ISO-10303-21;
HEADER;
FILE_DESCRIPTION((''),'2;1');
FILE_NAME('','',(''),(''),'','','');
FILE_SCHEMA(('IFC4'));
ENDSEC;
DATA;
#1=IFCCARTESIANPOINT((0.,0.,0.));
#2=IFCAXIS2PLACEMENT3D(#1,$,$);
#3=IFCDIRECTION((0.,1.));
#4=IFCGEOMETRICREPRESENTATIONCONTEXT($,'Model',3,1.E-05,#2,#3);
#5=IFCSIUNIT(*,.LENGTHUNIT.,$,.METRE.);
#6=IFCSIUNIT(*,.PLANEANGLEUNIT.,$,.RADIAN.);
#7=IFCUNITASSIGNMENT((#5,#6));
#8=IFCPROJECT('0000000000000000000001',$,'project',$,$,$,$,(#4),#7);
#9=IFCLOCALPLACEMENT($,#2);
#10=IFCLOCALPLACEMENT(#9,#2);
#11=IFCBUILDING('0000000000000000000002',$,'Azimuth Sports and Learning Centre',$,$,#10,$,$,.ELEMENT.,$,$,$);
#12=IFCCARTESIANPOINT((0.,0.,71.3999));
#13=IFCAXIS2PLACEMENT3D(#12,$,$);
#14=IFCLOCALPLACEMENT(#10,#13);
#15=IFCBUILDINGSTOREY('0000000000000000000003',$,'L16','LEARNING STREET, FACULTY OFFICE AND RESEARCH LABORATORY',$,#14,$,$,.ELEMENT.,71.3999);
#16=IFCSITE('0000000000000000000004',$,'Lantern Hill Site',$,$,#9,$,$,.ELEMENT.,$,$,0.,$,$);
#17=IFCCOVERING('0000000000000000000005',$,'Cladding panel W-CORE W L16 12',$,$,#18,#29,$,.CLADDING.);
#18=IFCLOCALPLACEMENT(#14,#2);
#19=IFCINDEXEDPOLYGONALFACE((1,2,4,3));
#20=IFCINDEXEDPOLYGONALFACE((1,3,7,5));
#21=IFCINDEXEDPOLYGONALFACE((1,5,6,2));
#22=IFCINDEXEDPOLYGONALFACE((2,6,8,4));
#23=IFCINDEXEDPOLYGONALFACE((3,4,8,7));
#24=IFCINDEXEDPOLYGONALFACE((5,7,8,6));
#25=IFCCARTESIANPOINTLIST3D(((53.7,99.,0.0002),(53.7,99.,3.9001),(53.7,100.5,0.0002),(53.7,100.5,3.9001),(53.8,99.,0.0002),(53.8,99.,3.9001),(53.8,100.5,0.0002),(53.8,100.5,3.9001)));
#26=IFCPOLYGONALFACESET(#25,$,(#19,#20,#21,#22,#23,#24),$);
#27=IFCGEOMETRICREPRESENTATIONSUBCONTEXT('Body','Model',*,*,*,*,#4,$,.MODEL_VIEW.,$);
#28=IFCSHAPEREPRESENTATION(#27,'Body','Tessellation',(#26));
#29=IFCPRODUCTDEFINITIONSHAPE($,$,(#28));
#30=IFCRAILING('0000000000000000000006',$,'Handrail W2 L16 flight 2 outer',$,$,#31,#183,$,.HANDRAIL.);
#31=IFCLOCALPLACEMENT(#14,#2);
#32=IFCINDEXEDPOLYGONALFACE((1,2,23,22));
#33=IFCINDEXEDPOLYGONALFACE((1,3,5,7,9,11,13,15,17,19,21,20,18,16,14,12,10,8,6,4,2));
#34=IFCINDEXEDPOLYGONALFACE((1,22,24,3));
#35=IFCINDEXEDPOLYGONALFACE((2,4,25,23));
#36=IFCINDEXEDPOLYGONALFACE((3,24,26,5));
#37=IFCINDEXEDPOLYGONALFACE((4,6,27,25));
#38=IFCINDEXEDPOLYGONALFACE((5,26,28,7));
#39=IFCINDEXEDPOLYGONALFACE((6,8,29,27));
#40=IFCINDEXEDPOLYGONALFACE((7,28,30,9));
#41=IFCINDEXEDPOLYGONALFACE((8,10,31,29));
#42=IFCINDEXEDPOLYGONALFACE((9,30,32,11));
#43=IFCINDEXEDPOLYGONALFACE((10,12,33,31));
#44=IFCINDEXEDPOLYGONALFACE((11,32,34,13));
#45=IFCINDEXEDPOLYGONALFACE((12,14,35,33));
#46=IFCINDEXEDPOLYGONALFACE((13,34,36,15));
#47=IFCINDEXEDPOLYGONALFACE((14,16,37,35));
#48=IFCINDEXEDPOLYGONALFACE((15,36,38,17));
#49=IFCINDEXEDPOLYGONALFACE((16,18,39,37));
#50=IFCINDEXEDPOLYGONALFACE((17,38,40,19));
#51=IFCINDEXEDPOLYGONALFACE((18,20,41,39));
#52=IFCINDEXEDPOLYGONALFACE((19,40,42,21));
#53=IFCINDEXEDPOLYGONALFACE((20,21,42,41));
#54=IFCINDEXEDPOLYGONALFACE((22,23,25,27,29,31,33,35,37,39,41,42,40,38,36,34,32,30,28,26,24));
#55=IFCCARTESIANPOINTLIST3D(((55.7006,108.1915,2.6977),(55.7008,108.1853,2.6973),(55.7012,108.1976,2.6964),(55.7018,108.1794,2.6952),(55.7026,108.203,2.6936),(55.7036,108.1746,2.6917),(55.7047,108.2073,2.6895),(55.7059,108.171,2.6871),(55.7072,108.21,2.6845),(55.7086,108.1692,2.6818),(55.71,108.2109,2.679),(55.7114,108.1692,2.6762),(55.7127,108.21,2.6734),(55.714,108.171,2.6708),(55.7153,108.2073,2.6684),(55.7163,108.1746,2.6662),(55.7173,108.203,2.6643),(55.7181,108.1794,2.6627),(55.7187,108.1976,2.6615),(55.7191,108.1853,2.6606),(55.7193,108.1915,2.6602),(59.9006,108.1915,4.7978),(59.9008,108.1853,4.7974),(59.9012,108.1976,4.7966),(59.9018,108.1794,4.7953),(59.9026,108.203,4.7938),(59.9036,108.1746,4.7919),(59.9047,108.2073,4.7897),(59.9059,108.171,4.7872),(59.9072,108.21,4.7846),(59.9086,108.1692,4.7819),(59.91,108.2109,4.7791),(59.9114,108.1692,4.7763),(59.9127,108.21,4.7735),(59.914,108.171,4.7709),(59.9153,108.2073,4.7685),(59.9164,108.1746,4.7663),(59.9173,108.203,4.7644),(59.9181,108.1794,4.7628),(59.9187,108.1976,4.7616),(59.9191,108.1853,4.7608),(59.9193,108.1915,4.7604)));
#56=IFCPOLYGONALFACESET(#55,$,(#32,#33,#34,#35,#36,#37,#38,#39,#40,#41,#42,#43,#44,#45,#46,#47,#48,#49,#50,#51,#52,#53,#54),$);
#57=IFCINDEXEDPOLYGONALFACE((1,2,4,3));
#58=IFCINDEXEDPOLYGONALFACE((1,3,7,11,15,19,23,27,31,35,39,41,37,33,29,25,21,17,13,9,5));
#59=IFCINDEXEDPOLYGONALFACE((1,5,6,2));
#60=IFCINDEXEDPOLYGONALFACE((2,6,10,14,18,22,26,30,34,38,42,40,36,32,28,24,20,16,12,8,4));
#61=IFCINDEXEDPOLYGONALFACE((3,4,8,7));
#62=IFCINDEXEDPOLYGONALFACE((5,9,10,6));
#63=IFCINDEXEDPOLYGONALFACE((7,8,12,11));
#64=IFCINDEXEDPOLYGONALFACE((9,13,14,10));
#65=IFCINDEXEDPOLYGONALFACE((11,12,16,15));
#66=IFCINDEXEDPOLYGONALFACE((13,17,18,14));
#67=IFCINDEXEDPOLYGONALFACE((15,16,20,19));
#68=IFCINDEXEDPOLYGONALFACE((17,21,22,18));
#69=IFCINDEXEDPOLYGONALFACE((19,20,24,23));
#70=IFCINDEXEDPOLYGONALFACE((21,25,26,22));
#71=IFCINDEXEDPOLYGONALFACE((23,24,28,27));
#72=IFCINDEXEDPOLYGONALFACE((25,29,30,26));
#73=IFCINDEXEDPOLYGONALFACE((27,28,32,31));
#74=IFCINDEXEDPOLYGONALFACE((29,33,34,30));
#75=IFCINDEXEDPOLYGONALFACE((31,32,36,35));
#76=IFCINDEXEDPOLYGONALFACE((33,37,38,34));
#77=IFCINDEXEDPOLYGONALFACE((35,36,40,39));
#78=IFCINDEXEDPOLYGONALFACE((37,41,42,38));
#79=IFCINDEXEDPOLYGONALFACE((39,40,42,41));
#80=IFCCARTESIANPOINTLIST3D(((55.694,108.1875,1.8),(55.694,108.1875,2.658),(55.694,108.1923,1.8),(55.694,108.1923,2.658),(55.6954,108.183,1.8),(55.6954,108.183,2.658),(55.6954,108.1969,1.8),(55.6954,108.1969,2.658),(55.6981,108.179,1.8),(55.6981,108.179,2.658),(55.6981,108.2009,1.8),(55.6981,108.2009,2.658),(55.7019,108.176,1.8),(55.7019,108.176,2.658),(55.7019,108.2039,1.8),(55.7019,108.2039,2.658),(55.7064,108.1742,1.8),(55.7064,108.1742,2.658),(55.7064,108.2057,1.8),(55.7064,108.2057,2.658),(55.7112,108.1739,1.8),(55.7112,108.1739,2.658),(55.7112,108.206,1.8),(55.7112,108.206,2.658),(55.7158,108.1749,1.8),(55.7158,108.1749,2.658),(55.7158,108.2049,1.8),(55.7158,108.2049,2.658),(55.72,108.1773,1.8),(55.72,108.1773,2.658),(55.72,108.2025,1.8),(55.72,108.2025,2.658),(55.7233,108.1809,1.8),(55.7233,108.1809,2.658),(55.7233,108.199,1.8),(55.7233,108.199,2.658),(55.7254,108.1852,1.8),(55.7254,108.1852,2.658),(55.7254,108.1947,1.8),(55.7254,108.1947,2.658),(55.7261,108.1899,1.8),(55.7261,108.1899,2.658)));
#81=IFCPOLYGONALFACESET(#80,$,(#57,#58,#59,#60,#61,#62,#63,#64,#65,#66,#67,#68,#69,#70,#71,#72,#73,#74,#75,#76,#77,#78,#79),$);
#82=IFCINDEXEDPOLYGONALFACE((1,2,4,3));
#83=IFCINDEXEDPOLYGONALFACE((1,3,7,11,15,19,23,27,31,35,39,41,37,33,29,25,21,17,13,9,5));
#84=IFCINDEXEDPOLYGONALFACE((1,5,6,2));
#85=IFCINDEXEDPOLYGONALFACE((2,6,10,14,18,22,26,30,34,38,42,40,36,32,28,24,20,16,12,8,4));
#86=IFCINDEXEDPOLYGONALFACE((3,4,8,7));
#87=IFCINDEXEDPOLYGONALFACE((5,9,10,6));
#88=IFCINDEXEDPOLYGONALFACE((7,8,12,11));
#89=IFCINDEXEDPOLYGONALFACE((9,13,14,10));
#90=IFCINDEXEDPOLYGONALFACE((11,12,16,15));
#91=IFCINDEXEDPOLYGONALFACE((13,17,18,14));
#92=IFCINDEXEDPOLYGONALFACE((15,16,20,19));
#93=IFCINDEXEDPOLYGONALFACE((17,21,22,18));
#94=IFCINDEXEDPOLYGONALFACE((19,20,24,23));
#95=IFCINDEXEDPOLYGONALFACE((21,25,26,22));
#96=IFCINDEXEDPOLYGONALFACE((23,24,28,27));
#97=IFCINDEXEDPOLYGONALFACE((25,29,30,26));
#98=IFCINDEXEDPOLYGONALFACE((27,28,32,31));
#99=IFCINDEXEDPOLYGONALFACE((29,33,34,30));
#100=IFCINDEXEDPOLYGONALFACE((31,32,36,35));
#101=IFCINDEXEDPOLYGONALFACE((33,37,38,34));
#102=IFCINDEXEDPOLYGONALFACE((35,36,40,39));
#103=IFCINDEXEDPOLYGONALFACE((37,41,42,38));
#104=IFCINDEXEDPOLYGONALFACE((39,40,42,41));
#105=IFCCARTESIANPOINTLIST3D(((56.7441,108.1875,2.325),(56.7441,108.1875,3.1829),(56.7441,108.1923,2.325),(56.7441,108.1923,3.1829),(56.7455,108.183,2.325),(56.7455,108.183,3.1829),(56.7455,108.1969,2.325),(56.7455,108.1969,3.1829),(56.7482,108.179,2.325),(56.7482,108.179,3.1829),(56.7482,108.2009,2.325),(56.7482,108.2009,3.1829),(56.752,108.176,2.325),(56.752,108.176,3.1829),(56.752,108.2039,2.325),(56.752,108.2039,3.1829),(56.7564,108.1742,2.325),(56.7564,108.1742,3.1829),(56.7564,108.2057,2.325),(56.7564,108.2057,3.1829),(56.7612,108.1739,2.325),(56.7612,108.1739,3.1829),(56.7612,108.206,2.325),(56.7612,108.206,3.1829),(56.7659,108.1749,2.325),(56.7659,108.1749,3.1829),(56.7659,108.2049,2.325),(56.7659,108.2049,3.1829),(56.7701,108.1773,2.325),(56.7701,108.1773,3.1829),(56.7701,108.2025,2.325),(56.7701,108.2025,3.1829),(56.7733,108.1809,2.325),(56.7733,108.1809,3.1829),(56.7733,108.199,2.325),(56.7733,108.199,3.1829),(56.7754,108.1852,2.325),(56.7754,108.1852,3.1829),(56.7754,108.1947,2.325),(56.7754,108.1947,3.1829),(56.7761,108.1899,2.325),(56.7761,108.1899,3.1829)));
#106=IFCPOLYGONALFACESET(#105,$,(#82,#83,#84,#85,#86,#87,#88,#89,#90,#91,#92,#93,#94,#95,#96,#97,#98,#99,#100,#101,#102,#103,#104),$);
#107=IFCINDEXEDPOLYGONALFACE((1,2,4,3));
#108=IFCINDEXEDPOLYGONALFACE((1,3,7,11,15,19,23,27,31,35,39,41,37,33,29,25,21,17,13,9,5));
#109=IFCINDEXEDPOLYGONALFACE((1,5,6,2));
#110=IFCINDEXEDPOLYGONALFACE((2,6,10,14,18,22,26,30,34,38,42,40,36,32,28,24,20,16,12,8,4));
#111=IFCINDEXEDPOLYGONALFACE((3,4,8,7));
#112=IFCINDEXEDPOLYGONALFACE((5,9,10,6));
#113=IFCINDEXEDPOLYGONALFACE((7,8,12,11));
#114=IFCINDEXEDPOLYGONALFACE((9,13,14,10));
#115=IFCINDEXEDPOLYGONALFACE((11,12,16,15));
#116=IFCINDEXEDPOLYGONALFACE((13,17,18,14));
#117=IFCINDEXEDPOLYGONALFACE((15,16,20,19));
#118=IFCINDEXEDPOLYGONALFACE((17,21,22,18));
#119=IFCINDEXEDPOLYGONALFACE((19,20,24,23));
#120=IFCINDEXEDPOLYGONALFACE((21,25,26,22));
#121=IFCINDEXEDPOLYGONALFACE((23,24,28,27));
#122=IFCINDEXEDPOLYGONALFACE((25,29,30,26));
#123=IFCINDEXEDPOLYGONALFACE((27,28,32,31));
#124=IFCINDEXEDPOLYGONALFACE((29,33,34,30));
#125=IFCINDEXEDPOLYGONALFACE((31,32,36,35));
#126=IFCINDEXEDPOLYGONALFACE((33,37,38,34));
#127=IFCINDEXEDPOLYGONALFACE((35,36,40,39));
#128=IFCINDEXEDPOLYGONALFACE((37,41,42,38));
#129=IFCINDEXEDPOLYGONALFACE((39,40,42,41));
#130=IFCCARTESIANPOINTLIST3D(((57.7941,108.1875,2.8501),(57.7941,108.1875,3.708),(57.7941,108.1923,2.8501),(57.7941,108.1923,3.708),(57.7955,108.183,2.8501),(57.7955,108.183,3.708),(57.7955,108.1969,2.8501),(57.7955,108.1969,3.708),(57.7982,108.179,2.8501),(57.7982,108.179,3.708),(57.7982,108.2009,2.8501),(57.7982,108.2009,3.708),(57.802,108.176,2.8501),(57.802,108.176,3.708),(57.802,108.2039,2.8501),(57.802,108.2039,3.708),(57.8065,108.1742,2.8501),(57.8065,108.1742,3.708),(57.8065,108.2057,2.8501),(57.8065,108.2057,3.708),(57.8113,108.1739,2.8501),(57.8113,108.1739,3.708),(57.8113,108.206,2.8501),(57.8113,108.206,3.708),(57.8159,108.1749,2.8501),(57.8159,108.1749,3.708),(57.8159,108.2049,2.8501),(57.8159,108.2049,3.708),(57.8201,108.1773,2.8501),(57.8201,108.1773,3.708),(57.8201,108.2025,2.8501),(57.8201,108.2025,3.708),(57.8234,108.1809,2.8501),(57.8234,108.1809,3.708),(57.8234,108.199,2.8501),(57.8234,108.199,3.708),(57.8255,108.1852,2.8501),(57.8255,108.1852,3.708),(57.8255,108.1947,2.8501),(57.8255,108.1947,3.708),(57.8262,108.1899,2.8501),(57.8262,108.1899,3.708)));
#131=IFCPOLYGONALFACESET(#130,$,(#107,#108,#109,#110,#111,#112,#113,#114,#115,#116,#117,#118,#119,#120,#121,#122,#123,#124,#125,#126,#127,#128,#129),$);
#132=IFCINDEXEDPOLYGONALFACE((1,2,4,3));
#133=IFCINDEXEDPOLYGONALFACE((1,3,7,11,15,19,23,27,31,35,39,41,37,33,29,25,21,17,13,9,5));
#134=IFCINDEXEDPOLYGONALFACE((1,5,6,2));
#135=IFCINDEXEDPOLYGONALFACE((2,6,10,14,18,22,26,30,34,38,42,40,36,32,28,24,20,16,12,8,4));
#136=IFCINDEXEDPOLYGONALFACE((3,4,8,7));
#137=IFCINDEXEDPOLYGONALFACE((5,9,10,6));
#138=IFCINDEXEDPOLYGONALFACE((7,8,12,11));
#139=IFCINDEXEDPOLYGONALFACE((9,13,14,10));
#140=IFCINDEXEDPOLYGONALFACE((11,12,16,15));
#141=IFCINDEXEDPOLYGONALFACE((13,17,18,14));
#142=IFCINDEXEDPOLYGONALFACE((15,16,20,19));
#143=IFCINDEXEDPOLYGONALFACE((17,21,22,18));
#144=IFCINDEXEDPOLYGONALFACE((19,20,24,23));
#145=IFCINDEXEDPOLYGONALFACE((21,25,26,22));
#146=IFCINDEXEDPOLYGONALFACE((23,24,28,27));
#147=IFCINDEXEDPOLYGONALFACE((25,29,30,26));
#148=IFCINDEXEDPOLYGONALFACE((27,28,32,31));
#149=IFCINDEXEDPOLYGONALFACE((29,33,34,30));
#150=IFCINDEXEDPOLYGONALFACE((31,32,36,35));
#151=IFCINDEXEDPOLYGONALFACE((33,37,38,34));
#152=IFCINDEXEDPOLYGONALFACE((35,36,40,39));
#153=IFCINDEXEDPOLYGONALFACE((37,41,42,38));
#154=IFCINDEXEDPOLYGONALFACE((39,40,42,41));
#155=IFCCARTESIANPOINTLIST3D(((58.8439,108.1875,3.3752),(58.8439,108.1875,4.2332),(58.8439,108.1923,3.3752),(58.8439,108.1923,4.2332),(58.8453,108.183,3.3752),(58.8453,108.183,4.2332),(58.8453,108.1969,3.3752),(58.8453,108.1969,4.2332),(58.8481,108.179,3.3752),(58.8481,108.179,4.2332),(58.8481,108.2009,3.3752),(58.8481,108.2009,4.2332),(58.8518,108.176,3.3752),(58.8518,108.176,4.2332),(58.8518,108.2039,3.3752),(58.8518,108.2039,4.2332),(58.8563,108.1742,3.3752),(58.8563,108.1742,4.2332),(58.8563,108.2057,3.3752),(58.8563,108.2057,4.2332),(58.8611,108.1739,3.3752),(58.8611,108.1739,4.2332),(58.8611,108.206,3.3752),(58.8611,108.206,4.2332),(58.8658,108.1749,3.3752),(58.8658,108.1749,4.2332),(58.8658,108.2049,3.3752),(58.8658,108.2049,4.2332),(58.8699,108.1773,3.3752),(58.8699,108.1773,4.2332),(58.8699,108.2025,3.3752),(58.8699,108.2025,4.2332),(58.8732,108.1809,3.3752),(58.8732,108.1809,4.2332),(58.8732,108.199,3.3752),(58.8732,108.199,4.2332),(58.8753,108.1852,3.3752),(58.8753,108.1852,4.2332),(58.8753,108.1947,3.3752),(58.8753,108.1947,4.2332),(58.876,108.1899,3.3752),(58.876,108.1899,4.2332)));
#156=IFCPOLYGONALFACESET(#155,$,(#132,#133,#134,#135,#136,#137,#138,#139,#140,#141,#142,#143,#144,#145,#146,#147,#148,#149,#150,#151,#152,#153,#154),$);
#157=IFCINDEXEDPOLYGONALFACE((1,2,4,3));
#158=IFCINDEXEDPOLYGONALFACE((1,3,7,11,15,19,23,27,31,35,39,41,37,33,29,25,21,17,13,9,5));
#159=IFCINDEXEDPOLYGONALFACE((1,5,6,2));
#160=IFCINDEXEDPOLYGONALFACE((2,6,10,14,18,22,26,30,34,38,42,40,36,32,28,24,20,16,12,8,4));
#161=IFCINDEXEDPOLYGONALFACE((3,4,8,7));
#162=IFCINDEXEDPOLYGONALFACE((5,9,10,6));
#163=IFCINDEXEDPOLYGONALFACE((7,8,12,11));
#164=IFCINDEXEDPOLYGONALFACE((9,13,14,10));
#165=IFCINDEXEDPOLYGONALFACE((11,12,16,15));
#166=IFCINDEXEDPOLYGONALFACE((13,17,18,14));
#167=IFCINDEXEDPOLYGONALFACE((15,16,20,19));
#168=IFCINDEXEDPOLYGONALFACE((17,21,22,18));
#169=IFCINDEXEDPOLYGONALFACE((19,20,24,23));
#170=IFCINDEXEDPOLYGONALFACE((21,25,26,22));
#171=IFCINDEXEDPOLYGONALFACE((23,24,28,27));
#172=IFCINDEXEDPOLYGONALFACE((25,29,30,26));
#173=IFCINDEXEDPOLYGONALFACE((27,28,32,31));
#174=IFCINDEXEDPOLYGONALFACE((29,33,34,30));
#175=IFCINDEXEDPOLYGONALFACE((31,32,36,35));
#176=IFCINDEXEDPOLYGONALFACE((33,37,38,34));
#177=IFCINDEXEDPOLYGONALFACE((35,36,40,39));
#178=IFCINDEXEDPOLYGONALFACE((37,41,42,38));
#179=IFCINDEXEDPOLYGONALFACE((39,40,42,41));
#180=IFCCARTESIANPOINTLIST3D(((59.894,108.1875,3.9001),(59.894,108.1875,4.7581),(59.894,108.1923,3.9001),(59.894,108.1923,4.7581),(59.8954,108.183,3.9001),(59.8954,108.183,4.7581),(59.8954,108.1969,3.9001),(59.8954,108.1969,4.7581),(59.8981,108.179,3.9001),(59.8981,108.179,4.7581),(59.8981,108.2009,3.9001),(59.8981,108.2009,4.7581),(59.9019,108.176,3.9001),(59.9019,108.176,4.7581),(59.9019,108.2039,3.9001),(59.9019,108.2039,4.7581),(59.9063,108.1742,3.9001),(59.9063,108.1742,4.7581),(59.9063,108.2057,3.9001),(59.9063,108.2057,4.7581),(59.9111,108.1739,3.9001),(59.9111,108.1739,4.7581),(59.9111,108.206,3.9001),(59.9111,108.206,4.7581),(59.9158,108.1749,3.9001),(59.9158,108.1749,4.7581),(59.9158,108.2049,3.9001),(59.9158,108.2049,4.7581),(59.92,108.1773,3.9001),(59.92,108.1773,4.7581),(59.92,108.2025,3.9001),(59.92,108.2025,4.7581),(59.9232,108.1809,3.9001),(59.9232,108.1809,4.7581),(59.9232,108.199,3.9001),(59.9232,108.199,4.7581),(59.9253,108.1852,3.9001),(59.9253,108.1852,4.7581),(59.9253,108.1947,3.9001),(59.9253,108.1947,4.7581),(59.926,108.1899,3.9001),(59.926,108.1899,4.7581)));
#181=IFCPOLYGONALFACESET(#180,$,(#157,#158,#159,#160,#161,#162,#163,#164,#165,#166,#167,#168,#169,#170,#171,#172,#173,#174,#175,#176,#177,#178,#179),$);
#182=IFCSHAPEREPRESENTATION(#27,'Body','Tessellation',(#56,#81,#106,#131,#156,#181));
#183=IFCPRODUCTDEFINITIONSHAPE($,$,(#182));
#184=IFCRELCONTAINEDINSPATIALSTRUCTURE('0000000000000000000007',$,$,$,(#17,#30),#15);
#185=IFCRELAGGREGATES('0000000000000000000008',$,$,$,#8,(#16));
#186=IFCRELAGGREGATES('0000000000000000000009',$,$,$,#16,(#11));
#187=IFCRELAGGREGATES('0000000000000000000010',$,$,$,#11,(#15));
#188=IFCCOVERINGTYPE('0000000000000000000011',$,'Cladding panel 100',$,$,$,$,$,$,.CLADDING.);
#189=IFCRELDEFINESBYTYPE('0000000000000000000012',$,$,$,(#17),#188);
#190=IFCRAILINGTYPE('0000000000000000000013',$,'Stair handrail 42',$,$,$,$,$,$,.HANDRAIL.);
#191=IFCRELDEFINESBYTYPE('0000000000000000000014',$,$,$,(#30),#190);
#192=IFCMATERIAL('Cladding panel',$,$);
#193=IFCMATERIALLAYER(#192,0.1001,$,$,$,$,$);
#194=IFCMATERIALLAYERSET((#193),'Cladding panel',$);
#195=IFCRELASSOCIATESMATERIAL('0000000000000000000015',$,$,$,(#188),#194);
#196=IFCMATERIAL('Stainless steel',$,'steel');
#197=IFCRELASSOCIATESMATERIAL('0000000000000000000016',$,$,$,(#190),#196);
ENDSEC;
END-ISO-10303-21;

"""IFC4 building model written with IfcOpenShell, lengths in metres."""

from ifc_helpers import new_model, si_unit, direction, frame, origin, origin_2d, place, context, subcontext, project, spatial, rectangle, circle, extrude, material, layer, layer_set, type_object, element, save


model = new_model("IFC4")

# Units and contexts
model_context = context("Model", 3, precision=1e-05, world=origin(), true_north=direction((0.0, 1.0)))
body_context = subcontext(model_context, "Body", "Model", "MODEL_VIEW")
ifc_project = project(units=[si_unit("LENGTHUNIT", "METRE"), si_unit("PLANEANGLEUNIT", "RADIAN")], contexts=[model_context])

# Site, building, storey
site_placement = place(None, origin())
site = spatial("IfcSite", under=ifc_project, at=site_placement, Name="Lantern Hill Site", CompositionType="ELEMENT", RefElevation=0.0)
building_placement = place(site_placement, origin())
building = spatial("IfcBuilding", under=site, at=building_placement, Name="Azimuth Sports and Learning Centre", CompositionType="ELEMENT")
storey_placement = place(building_placement, frame((0.0, 0.0, 71.3999)))
storey = spatial("IfcBuildingStorey", under=building, at=storey_placement, Name="L16", Description="LEARNING STREET, FACULTY OFFICE AND RESEARCH LABORATORY", CompositionType="ELEMENT", Elevation=71.3999)

# Covering
ifc_material_1 = material(Name="Cladding panel")
ifc_layer_1 = layer(ifc_material_1, 0.1001)
ifc_layer_set_1 = layer_set([ifc_layer_1], Name="Cladding panel")
covering_type = type_object("IfcCoveringType", Name="Cladding panel 100", PredefinedType="CLADDING", material=ifc_layer_set_1)
for number, where, z_axis, x_axis, name in (
    (1, (53.75, 99.75, 0.0002), (0.0, 0.0, 1.0), (0.0, -1.0, 0.0), "Cladding panel W-CORE W L16 12"),
):
    element("IfcCovering", number, at=place(storey_placement, frame(where, z_axis=z_axis, x_axis=x_axis)), inside=storey, type_object=covering_type, Name=name, PredefinedType="CLADDING", context=body_context, shape_type="SweptSolid", body=[
        extrude(rectangle(XDim=1.5, YDim=0.1001, at=origin_2d()), origin(), (0.0, 0.0, 1.0), 3.8999),
    ])

# Railing
ifc_material_2 = material(Name="Stainless steel", Category="steel")
railing_type = type_object("IfcRailingType", Name="Stair handrail 42", PredefinedType="HANDRAIL", material=ifc_material_2)
railing_placement = place(storey_placement, frame((55.71, 108.1899, 1.8)))
element("IfcRailing", 2, at=railing_placement, inside=storey, type_object=railing_type, Name="Handrail W2 L16 flight 2 outer", PredefinedType="HANDRAIL", context=body_context, shape_type="SweptSolid", body=[
    extrude(circle(Radius=0.021, at=origin_2d()), frame((0.0, 0.0, 0.8789), z_axis=(0.894417, 0.0, 0.447234), x_axis=(0.0, 1.0, 0.0)), (0.0, 0.0, 1.0), 4.6958),
    extrude(circle(Radius=0.0161, at=origin_2d()), origin(), (0.0, 0.0, 1.0), 0.8579),
    extrude(circle(Radius=0.0161, at=origin_2d()), frame((1.05, 0.0, 0.5249)), (0.0, 0.0, 1.0), 0.8579),
    extrude(circle(Radius=0.0161, at=origin_2d()), frame((2.1001, 0.0, 1.05)), (0.0, 0.0, 1.0), 0.8579),
    extrude(circle(Radius=0.0161, at=origin_2d()), frame((3.1499, 0.0, 1.5752)), (0.0, 0.0, 1.0), 0.8579),
    extrude(circle(Radius=0.0161, at=origin_2d()), frame((4.2, 0.0, 2.1001)), (0.0, 0.0, 1.0), 0.8579),
])

save(model, "model.ifc")
